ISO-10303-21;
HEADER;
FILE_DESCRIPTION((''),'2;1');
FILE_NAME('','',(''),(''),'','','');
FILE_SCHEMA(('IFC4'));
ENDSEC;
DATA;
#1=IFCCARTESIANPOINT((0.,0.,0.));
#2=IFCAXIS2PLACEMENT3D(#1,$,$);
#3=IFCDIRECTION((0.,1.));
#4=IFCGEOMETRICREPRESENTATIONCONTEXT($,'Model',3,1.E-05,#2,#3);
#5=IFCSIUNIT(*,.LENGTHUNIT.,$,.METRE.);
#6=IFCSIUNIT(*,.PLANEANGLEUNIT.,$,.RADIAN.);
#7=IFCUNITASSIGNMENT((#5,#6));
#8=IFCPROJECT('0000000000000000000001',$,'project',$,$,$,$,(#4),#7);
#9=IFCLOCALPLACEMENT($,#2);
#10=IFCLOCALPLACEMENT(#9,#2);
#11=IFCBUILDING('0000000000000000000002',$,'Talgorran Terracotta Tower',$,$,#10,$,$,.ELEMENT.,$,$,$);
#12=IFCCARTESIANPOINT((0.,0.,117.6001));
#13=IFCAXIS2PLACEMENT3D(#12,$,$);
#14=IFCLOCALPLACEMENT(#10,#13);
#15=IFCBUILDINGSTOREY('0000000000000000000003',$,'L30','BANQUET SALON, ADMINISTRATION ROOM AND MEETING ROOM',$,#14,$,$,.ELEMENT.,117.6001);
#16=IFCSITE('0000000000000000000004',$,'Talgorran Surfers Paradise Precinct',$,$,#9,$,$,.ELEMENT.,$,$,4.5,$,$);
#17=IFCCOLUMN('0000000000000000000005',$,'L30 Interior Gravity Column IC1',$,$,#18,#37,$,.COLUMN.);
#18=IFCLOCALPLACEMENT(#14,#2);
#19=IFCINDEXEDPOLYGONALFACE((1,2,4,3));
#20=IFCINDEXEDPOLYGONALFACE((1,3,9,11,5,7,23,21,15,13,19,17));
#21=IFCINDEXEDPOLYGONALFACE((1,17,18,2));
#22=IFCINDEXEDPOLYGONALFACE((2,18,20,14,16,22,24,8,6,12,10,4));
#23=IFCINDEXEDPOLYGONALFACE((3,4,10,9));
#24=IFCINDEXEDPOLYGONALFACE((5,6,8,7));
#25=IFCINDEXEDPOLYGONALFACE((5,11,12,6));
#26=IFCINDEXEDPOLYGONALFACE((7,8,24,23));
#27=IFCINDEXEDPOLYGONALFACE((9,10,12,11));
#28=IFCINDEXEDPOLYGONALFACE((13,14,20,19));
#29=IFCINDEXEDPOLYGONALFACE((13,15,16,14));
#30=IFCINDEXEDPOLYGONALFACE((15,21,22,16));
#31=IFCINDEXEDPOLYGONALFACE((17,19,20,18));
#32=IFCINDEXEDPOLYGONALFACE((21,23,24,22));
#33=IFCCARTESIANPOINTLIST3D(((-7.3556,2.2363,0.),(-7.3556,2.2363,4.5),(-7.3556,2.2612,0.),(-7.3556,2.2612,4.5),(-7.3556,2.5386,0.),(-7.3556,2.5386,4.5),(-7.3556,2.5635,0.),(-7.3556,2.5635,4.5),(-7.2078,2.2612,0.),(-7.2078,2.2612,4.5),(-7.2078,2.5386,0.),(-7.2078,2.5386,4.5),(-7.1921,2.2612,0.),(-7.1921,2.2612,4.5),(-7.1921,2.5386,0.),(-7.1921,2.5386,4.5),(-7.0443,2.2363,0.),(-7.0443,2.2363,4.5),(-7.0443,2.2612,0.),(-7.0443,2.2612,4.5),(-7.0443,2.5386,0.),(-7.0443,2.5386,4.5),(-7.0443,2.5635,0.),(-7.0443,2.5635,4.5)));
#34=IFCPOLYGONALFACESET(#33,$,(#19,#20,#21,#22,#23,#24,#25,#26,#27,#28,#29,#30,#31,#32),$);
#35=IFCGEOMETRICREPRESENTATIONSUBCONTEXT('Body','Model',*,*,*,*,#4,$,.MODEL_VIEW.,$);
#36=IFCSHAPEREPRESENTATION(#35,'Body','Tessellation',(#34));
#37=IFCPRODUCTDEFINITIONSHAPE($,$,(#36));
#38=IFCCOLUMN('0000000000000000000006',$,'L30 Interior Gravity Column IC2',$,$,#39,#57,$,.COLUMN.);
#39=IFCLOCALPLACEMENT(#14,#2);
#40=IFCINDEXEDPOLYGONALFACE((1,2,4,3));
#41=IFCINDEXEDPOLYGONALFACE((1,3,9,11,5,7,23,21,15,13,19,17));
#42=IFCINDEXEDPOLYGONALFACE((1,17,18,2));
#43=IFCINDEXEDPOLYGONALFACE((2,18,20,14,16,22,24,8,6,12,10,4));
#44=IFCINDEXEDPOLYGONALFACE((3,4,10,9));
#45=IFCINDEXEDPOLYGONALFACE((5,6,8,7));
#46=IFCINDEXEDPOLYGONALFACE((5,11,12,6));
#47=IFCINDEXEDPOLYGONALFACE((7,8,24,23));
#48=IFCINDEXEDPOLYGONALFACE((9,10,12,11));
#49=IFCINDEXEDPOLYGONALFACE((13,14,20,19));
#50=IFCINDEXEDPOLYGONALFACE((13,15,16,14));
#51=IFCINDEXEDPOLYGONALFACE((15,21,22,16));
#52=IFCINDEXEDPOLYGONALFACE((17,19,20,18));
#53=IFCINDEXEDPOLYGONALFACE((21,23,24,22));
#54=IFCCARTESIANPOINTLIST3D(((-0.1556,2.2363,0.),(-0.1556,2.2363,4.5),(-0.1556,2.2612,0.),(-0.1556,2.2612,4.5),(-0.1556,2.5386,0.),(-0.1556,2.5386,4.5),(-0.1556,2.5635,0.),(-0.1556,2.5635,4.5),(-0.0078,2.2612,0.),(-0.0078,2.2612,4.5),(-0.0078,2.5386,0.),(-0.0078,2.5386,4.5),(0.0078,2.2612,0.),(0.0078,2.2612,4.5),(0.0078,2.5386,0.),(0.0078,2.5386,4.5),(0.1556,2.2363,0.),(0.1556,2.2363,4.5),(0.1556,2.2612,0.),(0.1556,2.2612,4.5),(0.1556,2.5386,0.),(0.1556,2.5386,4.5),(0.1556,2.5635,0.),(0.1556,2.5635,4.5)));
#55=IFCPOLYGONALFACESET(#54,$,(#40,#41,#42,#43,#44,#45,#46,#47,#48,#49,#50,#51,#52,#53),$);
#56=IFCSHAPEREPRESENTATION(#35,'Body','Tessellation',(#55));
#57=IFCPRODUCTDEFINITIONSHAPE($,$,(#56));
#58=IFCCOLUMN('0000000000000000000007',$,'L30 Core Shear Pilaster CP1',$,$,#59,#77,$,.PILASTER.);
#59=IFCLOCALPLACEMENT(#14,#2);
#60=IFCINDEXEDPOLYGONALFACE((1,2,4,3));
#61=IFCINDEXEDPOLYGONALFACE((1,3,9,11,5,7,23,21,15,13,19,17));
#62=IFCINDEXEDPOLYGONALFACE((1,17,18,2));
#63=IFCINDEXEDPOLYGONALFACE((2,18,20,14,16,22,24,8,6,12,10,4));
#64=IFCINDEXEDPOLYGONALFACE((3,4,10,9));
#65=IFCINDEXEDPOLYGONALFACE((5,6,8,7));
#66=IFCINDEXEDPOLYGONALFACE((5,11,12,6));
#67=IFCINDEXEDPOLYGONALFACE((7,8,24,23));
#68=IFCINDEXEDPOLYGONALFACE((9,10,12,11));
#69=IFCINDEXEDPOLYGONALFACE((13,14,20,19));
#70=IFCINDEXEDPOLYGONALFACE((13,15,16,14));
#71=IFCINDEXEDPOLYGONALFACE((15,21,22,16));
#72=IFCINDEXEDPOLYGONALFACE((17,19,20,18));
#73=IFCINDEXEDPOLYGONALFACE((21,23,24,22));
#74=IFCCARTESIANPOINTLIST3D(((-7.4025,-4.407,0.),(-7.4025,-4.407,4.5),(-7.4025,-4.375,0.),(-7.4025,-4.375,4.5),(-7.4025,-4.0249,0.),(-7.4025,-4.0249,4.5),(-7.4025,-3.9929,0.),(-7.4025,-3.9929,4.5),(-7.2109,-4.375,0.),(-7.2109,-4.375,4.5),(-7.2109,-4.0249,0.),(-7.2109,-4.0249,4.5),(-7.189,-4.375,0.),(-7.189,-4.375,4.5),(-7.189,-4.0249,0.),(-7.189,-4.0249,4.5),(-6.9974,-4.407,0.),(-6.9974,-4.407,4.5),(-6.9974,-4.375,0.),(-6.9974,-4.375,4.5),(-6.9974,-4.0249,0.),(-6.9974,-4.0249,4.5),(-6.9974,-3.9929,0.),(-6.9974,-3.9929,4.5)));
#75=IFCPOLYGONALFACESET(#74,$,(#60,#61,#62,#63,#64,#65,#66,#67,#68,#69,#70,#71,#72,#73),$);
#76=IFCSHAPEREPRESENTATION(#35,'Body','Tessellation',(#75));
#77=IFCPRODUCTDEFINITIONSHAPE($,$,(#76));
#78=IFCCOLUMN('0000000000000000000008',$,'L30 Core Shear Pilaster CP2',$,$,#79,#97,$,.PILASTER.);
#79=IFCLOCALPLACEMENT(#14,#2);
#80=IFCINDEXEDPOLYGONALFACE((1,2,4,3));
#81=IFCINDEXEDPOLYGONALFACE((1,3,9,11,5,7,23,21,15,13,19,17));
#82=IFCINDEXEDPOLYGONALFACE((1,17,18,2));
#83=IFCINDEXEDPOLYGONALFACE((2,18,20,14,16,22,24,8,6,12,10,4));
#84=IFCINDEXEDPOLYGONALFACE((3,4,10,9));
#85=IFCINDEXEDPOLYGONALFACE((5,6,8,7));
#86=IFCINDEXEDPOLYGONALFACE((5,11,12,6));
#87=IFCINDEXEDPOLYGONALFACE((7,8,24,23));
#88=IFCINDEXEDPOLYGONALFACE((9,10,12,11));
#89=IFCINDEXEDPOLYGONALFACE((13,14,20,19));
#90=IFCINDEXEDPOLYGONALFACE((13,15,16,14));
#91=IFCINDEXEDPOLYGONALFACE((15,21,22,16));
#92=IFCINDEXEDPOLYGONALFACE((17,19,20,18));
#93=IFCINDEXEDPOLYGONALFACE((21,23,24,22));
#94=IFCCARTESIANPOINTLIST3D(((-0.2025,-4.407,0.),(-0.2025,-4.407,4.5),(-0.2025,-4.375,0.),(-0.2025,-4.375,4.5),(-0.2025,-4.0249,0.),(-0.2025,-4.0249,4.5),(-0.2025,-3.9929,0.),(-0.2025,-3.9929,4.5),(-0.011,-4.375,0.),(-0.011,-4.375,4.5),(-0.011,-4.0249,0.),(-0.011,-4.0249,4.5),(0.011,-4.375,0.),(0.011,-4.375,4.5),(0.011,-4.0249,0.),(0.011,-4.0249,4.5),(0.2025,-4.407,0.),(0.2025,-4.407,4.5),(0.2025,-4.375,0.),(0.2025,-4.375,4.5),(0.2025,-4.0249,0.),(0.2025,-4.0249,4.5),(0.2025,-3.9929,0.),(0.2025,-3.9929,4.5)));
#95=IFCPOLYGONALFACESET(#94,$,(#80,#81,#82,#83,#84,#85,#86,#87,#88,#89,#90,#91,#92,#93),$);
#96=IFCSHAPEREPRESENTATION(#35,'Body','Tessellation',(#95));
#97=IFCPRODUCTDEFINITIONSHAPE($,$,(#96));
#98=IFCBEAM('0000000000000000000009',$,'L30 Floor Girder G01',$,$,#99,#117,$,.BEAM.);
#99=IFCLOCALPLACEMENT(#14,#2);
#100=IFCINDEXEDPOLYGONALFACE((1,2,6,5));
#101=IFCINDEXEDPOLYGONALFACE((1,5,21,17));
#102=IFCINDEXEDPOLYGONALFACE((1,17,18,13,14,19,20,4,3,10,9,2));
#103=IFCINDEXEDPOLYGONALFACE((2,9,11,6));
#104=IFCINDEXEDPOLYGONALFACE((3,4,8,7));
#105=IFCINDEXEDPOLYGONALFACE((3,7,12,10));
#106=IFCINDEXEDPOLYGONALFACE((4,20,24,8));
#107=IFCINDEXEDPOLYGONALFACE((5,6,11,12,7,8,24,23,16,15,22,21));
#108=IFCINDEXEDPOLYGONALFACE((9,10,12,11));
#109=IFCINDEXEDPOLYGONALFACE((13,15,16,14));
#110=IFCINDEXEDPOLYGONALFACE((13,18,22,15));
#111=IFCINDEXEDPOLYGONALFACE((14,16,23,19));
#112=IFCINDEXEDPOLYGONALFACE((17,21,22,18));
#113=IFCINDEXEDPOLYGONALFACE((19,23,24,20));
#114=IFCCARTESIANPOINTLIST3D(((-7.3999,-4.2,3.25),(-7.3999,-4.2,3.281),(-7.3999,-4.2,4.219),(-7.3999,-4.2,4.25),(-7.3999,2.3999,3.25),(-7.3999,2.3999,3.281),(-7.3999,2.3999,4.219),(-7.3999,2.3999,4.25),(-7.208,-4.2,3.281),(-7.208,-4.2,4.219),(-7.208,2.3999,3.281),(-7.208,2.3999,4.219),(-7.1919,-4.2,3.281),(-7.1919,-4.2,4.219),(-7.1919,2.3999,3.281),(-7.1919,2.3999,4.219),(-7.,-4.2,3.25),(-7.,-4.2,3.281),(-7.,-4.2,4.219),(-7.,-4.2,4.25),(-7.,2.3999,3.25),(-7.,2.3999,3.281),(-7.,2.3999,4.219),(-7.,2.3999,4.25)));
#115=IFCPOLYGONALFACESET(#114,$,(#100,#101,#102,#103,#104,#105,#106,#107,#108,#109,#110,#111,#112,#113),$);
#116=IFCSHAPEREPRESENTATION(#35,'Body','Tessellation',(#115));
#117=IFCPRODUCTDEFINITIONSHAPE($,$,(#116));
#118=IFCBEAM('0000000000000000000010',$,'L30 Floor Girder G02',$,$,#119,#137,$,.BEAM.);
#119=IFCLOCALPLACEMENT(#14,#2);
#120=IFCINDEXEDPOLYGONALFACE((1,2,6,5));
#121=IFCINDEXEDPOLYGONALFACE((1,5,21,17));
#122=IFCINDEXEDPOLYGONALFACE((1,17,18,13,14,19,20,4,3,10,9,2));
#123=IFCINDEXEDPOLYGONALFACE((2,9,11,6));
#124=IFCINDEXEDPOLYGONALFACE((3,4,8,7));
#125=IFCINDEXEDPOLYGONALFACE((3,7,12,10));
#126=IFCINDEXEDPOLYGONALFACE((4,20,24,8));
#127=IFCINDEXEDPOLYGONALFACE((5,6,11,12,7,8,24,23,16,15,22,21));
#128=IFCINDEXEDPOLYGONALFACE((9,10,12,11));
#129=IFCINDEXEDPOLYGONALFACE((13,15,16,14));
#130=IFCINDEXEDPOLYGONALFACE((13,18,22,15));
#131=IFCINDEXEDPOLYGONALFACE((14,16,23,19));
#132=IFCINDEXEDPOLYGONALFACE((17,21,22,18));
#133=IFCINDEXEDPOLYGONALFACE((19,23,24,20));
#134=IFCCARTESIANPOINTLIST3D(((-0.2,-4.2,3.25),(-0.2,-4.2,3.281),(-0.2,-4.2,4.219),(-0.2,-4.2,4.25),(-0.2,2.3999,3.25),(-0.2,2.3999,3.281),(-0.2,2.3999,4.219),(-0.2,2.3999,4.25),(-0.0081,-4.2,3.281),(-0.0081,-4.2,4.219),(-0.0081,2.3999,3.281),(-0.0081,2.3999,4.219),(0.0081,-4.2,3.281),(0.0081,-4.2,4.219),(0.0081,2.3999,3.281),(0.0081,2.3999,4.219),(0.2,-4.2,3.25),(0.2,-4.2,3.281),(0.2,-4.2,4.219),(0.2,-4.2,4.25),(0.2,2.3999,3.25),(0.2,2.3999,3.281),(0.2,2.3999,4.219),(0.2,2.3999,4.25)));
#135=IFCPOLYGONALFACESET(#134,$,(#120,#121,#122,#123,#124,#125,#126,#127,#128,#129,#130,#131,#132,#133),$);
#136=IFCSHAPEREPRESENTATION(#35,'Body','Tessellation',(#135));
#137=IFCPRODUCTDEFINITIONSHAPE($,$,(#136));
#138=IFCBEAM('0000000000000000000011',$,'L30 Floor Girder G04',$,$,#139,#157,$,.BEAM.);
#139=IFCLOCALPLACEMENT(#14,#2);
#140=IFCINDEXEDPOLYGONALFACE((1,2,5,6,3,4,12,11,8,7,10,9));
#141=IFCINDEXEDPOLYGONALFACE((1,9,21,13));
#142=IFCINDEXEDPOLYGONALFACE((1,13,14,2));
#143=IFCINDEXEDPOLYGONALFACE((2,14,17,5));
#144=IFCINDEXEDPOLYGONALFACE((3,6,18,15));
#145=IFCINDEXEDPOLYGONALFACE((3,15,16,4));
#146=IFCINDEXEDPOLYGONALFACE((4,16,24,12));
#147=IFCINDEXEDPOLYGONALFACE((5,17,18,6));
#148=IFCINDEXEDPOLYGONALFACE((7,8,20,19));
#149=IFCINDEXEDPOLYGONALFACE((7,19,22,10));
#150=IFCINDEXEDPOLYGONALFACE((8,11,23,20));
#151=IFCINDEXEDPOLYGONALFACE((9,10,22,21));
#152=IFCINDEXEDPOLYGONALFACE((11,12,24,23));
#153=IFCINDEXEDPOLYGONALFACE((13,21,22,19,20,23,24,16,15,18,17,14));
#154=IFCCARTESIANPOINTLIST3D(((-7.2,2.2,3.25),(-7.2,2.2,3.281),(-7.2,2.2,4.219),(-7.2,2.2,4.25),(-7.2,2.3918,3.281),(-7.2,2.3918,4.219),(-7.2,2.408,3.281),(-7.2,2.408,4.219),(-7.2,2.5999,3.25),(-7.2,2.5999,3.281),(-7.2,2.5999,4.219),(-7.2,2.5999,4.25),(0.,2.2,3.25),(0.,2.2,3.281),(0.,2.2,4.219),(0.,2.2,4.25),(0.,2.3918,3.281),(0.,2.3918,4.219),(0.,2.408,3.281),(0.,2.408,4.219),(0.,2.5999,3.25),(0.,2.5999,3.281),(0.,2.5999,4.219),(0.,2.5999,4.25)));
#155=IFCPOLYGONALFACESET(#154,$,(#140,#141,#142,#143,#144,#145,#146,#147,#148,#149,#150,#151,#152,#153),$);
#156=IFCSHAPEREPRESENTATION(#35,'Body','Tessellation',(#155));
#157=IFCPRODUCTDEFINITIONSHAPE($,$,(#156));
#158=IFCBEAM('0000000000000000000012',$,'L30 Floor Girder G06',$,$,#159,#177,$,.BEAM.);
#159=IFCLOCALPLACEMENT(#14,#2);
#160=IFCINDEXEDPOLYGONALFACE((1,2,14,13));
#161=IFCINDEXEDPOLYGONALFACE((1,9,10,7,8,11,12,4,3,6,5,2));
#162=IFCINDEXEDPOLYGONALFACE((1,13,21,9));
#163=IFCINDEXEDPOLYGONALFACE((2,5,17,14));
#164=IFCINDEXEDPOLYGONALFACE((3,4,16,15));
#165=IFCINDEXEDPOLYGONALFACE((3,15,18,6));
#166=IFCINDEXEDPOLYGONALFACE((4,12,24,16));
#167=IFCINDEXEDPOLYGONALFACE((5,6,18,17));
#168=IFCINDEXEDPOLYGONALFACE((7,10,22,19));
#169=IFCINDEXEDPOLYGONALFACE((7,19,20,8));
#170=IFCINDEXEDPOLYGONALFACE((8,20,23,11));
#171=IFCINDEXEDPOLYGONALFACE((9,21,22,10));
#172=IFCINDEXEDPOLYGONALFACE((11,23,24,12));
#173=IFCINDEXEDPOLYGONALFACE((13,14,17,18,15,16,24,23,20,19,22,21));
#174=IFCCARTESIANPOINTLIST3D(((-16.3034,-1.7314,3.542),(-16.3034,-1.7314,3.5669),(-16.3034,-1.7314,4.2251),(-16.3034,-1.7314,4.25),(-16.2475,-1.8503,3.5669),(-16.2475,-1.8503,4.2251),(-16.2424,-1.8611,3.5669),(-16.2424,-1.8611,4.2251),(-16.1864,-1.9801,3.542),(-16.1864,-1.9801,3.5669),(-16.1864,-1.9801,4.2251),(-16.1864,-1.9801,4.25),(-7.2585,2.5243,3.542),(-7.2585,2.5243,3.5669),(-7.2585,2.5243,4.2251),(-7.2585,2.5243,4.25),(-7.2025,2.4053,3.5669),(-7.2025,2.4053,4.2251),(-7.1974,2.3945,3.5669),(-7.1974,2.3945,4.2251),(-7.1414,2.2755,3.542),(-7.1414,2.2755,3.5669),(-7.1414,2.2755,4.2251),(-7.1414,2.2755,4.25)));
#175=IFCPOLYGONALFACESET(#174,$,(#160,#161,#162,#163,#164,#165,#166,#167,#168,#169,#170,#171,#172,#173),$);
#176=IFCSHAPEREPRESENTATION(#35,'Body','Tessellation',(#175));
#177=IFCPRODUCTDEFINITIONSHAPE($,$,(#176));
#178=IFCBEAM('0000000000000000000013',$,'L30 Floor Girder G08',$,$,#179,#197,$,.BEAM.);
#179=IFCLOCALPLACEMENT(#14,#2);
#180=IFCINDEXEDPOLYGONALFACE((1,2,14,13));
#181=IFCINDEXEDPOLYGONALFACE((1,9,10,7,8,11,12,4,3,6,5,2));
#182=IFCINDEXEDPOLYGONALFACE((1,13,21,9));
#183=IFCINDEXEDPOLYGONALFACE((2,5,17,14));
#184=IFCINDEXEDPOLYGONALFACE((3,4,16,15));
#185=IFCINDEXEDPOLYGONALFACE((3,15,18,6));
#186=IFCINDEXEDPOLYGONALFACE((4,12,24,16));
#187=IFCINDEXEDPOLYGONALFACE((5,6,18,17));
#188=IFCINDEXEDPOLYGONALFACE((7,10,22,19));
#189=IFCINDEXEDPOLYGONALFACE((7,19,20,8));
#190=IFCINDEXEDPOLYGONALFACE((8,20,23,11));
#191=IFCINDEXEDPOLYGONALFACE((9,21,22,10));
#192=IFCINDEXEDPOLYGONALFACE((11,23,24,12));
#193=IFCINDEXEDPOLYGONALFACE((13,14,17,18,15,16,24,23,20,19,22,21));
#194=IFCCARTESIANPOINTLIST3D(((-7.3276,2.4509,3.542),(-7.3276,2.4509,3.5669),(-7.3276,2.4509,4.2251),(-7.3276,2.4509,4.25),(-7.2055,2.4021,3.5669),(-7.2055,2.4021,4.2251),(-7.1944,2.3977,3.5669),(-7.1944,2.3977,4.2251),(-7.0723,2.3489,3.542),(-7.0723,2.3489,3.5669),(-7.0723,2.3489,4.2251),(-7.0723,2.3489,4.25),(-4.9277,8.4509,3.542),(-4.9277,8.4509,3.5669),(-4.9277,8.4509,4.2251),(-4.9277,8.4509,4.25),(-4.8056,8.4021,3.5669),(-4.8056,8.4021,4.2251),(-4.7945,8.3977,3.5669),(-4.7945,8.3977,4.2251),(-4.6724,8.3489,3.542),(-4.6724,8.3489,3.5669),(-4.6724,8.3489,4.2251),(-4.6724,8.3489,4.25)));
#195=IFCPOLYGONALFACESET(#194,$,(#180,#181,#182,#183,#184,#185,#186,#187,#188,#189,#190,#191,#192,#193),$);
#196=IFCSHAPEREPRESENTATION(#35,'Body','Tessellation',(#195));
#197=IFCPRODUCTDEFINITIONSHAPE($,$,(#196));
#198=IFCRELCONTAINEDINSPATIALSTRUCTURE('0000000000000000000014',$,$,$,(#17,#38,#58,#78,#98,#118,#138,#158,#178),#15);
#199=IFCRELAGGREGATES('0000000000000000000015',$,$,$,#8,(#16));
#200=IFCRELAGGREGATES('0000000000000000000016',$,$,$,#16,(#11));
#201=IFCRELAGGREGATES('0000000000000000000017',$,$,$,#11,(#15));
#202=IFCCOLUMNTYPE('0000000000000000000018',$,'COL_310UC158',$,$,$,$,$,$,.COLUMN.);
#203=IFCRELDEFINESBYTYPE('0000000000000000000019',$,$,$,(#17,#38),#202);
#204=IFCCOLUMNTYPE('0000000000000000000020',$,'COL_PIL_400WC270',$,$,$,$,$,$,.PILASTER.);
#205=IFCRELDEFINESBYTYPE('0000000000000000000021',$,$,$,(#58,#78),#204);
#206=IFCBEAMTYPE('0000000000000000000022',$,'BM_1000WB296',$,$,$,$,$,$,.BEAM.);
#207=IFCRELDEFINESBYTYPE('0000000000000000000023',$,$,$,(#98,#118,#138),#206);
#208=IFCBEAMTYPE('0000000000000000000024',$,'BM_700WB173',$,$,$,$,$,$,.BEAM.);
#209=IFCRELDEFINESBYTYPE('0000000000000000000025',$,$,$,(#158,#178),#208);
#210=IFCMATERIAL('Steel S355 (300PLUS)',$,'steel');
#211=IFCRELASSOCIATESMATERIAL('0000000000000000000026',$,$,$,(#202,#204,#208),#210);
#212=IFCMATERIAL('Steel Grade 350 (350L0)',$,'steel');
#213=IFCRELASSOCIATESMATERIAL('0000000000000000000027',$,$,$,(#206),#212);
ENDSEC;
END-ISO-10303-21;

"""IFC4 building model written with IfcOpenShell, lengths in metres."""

from ifc_helpers import new_model, si_unit, direction, frame, origin, origin_2d, place, context, subcontext, project, spatial, i_section, extrude, material, material_profile, profile_set, type_object, element, save


model = new_model("IFC4")

# Units and contexts
model_context = context("Model", 3, precision=1e-05, world=origin(), true_north=direction((0.0, 1.0)))
body_context = subcontext(model_context, "Body", "Model", "MODEL_VIEW")
ifc_project = project(units=[si_unit("LENGTHUNIT", "METRE"), si_unit("PLANEANGLEUNIT", "RADIAN")], contexts=[model_context])

# Site, building, storey
site_placement = place(None, origin())
site = spatial("IfcSite", under=ifc_project, at=site_placement, Name="Talgorran Surfers Paradise Precinct", CompositionType="ELEMENT", RefElevation=4.5)
building_placement = place(site_placement, origin())
building = spatial("IfcBuilding", under=site, at=building_placement, Name="Talgorran Terracotta Tower", CompositionType="ELEMENT")
storey_placement = place(building_placement, frame((0.0, 0.0, 117.6001)))
storey = spatial("IfcBuildingStorey", under=building, at=storey_placement, Name="L30", Description="BANQUET SALON, ADMINISTRATION ROOM AND MEETING ROOM", CompositionType="ELEMENT", Elevation=117.6001)

# Columns
ifc_material_1 = material(Name="Steel S355 (300PLUS)", Category="steel")
ifc_material_profile_1 = material_profile(ifc_material_1, i_section(OverallWidth=0.3113, OverallDepth=0.3271, WebThickness=0.0156, FlangeThickness=0.0249, at=origin_2d()), Name="310UC158")
ifc_profile_set_1 = profile_set([ifc_material_profile_1], Name="Steel S355 (300PLUS)")
column_type_1 = type_object("IfcColumnType", Name="COL_310UC158", PredefinedType="COLUMN", material=ifc_profile_set_1)
for number, where, z_axis, x_axis, name in (
    (1, (-7.2, 2.3999, 0.0), (0.0, 0.0, 1.0), (1.0, 0.0, 0.0), "L30 Interior Gravity Column IC1"),
    (2, (0.0, 2.3999, 0.0), (0.0, 0.0, 1.0), (1.0, 0.0, 0.0), "L30 Interior Gravity Column IC2"),
):
    element("IfcColumn", number, at=place(storey_placement, frame(where, z_axis=z_axis, x_axis=x_axis)), inside=storey, type_object=column_type_1, Name=name, PredefinedType="COLUMN", context=body_context, shape_type="SweptSolid", body=[
        extrude(i_section(OverallWidth=0.3113, OverallDepth=0.3271, WebThickness=0.0156, FlangeThickness=0.0249, at=origin_2d()), origin(), (0.0, 0.0, 1.0), 4.5),
    ])
ifc_material_profile_2 = material_profile(ifc_material_1, i_section(OverallWidth=0.405, OverallDepth=0.4141, WebThickness=0.022, FlangeThickness=0.032, at=origin_2d()), Name="400WC270")
ifc_profile_set_2 = profile_set([ifc_material_profile_2], Name="Steel S355 (300PLUS)")
column_type_2 = type_object("IfcColumnType", Name="COL_PIL_400WC270", PredefinedType="PILASTER", material=ifc_profile_set_2)
for number, where, z_axis, x_axis, name in (
    (3, (-7.2, -4.2, 0.0), (0.0, 0.0, 1.0), (1.0, 0.0, 0.0), "L30 Core Shear Pilaster CP1"),
    (4, (0.0, -4.2, 0.0), (0.0, 0.0, 1.0), (1.0, 0.0, 0.0), "L30 Core Shear Pilaster CP2"),
):
    element("IfcColumn", number, at=place(storey_placement, frame(where, z_axis=z_axis, x_axis=x_axis)), inside=storey, type_object=column_type_2, Name=name, PredefinedType="PILASTER", context=body_context, shape_type="SweptSolid", body=[
        extrude(i_section(OverallWidth=0.405, OverallDepth=0.4141, WebThickness=0.022, FlangeThickness=0.032, at=origin_2d()), origin(), (0.0, 0.0, 1.0), 4.5),
    ])

# Beams
ifc_material_2 = material(Name="Steel Grade 350 (350L0)", Category="steel")
ifc_material_profile_3 = material_profile(ifc_material_2, i_section(OverallWidth=0.3999, OverallDepth=1.0, WebThickness=0.0161, FlangeThickness=0.031, at=origin_2d()), Name="1000WB296")
ifc_profile_set_3 = profile_set([ifc_material_profile_3], Name="Steel Grade 350 (350L0)")
beam_type_1 = type_object("IfcBeamType", Name="BM_1000WB296", PredefinedType="BEAM", material=ifc_profile_set_3)
for number, where, z_axis, x_axis, name in (
    (5, (-7.2, -4.2, 3.75), (0.0, 1.0, 0.0), (-1.0, 0.0, 0.0), "L30 Floor Girder G01"),
    (6, (0.0, -4.2, 3.75), (0.0, 1.0, 0.0), (-1.0, 0.0, 0.0), "L30 Floor Girder G02"),
):
    element("IfcBeam", number, at=place(storey_placement, frame(where, z_axis=z_axis, x_axis=x_axis)), inside=storey, type_object=beam_type_1, Name=name, PredefinedType="BEAM", context=body_context, shape_type="SweptSolid", body=[
        extrude(i_section(OverallWidth=0.3999, OverallDepth=1.0, WebThickness=0.0161, FlangeThickness=0.031, at=origin_2d()), origin(), (0.0, 0.0, 1.0), 6.5999),
    ])
beam_1_placement = place(storey_placement, frame((-7.2, 2.3999, 3.75), z_axis=(1.0, 0.0, 0.0), x_axis=(0.0, 1.0, 0.0)))
element("IfcBeam", 7, at=beam_1_placement, inside=storey, type_object=beam_type_1, Name="L30 Floor Girder G04", PredefinedType="BEAM", context=body_context, shape_type="SweptSolid", body=[
    extrude(i_section(OverallWidth=0.3999, OverallDepth=1.0, WebThickness=0.0161, FlangeThickness=0.031, at=origin_2d()), origin(), (0.0, 0.0, 1.0), 7.2),
])
ifc_material_profile_4 = material_profile(ifc_material_1, i_section(OverallWidth=0.2749, OverallDepth=0.708, WebThickness=0.012, FlangeThickness=0.0249, at=origin_2d()), Name="700WB173")
ifc_profile_set_4 = profile_set([ifc_material_profile_4], Name="Steel S355 (300PLUS)")
beam_type_2 = type_object("IfcBeamType", Name="BM_700WB173", PredefinedType="BEAM", material=ifc_profile_set_4)
beam_2_placement = place(storey_placement, frame((-7.2, 2.3999, 3.896), z_axis=(-0.90485, -0.42573, 0.0), x_axis=(0.42573, -0.90485, 0.0)))
element("IfcBeam", 8, at=beam_2_placement, inside=storey, type_object=beam_type_2, Name="L30 Floor Girder G06", PredefinedType="BEAM", context=body_context, shape_type="SweptSolid", body=[
    extrude(i_section(OverallWidth=0.2749, OverallDepth=0.708, WebThickness=0.012, FlangeThickness=0.0249, at=origin_2d()), origin(), (0.0, 0.0, 1.0), 9.9961),
])
beam_3_placement = place(storey_placement, frame((-7.2, 2.3999, 3.896), z_axis=(0.371378, 0.928482, 0.0), x_axis=(-0.928482, 0.371378, 0.0)))
element("IfcBeam", 9, at=beam_3_placement, inside=storey, type_object=beam_type_2, Name="L30 Floor Girder G08", PredefinedType="BEAM", context=body_context, shape_type="SweptSolid", body=[
    extrude(i_section(OverallWidth=0.2749, OverallDepth=0.708, WebThickness=0.012, FlangeThickness=0.0249, at=origin_2d()), origin(), (0.0, 0.0, 1.0), 6.4622),
])

save(model, "model.ifc")
